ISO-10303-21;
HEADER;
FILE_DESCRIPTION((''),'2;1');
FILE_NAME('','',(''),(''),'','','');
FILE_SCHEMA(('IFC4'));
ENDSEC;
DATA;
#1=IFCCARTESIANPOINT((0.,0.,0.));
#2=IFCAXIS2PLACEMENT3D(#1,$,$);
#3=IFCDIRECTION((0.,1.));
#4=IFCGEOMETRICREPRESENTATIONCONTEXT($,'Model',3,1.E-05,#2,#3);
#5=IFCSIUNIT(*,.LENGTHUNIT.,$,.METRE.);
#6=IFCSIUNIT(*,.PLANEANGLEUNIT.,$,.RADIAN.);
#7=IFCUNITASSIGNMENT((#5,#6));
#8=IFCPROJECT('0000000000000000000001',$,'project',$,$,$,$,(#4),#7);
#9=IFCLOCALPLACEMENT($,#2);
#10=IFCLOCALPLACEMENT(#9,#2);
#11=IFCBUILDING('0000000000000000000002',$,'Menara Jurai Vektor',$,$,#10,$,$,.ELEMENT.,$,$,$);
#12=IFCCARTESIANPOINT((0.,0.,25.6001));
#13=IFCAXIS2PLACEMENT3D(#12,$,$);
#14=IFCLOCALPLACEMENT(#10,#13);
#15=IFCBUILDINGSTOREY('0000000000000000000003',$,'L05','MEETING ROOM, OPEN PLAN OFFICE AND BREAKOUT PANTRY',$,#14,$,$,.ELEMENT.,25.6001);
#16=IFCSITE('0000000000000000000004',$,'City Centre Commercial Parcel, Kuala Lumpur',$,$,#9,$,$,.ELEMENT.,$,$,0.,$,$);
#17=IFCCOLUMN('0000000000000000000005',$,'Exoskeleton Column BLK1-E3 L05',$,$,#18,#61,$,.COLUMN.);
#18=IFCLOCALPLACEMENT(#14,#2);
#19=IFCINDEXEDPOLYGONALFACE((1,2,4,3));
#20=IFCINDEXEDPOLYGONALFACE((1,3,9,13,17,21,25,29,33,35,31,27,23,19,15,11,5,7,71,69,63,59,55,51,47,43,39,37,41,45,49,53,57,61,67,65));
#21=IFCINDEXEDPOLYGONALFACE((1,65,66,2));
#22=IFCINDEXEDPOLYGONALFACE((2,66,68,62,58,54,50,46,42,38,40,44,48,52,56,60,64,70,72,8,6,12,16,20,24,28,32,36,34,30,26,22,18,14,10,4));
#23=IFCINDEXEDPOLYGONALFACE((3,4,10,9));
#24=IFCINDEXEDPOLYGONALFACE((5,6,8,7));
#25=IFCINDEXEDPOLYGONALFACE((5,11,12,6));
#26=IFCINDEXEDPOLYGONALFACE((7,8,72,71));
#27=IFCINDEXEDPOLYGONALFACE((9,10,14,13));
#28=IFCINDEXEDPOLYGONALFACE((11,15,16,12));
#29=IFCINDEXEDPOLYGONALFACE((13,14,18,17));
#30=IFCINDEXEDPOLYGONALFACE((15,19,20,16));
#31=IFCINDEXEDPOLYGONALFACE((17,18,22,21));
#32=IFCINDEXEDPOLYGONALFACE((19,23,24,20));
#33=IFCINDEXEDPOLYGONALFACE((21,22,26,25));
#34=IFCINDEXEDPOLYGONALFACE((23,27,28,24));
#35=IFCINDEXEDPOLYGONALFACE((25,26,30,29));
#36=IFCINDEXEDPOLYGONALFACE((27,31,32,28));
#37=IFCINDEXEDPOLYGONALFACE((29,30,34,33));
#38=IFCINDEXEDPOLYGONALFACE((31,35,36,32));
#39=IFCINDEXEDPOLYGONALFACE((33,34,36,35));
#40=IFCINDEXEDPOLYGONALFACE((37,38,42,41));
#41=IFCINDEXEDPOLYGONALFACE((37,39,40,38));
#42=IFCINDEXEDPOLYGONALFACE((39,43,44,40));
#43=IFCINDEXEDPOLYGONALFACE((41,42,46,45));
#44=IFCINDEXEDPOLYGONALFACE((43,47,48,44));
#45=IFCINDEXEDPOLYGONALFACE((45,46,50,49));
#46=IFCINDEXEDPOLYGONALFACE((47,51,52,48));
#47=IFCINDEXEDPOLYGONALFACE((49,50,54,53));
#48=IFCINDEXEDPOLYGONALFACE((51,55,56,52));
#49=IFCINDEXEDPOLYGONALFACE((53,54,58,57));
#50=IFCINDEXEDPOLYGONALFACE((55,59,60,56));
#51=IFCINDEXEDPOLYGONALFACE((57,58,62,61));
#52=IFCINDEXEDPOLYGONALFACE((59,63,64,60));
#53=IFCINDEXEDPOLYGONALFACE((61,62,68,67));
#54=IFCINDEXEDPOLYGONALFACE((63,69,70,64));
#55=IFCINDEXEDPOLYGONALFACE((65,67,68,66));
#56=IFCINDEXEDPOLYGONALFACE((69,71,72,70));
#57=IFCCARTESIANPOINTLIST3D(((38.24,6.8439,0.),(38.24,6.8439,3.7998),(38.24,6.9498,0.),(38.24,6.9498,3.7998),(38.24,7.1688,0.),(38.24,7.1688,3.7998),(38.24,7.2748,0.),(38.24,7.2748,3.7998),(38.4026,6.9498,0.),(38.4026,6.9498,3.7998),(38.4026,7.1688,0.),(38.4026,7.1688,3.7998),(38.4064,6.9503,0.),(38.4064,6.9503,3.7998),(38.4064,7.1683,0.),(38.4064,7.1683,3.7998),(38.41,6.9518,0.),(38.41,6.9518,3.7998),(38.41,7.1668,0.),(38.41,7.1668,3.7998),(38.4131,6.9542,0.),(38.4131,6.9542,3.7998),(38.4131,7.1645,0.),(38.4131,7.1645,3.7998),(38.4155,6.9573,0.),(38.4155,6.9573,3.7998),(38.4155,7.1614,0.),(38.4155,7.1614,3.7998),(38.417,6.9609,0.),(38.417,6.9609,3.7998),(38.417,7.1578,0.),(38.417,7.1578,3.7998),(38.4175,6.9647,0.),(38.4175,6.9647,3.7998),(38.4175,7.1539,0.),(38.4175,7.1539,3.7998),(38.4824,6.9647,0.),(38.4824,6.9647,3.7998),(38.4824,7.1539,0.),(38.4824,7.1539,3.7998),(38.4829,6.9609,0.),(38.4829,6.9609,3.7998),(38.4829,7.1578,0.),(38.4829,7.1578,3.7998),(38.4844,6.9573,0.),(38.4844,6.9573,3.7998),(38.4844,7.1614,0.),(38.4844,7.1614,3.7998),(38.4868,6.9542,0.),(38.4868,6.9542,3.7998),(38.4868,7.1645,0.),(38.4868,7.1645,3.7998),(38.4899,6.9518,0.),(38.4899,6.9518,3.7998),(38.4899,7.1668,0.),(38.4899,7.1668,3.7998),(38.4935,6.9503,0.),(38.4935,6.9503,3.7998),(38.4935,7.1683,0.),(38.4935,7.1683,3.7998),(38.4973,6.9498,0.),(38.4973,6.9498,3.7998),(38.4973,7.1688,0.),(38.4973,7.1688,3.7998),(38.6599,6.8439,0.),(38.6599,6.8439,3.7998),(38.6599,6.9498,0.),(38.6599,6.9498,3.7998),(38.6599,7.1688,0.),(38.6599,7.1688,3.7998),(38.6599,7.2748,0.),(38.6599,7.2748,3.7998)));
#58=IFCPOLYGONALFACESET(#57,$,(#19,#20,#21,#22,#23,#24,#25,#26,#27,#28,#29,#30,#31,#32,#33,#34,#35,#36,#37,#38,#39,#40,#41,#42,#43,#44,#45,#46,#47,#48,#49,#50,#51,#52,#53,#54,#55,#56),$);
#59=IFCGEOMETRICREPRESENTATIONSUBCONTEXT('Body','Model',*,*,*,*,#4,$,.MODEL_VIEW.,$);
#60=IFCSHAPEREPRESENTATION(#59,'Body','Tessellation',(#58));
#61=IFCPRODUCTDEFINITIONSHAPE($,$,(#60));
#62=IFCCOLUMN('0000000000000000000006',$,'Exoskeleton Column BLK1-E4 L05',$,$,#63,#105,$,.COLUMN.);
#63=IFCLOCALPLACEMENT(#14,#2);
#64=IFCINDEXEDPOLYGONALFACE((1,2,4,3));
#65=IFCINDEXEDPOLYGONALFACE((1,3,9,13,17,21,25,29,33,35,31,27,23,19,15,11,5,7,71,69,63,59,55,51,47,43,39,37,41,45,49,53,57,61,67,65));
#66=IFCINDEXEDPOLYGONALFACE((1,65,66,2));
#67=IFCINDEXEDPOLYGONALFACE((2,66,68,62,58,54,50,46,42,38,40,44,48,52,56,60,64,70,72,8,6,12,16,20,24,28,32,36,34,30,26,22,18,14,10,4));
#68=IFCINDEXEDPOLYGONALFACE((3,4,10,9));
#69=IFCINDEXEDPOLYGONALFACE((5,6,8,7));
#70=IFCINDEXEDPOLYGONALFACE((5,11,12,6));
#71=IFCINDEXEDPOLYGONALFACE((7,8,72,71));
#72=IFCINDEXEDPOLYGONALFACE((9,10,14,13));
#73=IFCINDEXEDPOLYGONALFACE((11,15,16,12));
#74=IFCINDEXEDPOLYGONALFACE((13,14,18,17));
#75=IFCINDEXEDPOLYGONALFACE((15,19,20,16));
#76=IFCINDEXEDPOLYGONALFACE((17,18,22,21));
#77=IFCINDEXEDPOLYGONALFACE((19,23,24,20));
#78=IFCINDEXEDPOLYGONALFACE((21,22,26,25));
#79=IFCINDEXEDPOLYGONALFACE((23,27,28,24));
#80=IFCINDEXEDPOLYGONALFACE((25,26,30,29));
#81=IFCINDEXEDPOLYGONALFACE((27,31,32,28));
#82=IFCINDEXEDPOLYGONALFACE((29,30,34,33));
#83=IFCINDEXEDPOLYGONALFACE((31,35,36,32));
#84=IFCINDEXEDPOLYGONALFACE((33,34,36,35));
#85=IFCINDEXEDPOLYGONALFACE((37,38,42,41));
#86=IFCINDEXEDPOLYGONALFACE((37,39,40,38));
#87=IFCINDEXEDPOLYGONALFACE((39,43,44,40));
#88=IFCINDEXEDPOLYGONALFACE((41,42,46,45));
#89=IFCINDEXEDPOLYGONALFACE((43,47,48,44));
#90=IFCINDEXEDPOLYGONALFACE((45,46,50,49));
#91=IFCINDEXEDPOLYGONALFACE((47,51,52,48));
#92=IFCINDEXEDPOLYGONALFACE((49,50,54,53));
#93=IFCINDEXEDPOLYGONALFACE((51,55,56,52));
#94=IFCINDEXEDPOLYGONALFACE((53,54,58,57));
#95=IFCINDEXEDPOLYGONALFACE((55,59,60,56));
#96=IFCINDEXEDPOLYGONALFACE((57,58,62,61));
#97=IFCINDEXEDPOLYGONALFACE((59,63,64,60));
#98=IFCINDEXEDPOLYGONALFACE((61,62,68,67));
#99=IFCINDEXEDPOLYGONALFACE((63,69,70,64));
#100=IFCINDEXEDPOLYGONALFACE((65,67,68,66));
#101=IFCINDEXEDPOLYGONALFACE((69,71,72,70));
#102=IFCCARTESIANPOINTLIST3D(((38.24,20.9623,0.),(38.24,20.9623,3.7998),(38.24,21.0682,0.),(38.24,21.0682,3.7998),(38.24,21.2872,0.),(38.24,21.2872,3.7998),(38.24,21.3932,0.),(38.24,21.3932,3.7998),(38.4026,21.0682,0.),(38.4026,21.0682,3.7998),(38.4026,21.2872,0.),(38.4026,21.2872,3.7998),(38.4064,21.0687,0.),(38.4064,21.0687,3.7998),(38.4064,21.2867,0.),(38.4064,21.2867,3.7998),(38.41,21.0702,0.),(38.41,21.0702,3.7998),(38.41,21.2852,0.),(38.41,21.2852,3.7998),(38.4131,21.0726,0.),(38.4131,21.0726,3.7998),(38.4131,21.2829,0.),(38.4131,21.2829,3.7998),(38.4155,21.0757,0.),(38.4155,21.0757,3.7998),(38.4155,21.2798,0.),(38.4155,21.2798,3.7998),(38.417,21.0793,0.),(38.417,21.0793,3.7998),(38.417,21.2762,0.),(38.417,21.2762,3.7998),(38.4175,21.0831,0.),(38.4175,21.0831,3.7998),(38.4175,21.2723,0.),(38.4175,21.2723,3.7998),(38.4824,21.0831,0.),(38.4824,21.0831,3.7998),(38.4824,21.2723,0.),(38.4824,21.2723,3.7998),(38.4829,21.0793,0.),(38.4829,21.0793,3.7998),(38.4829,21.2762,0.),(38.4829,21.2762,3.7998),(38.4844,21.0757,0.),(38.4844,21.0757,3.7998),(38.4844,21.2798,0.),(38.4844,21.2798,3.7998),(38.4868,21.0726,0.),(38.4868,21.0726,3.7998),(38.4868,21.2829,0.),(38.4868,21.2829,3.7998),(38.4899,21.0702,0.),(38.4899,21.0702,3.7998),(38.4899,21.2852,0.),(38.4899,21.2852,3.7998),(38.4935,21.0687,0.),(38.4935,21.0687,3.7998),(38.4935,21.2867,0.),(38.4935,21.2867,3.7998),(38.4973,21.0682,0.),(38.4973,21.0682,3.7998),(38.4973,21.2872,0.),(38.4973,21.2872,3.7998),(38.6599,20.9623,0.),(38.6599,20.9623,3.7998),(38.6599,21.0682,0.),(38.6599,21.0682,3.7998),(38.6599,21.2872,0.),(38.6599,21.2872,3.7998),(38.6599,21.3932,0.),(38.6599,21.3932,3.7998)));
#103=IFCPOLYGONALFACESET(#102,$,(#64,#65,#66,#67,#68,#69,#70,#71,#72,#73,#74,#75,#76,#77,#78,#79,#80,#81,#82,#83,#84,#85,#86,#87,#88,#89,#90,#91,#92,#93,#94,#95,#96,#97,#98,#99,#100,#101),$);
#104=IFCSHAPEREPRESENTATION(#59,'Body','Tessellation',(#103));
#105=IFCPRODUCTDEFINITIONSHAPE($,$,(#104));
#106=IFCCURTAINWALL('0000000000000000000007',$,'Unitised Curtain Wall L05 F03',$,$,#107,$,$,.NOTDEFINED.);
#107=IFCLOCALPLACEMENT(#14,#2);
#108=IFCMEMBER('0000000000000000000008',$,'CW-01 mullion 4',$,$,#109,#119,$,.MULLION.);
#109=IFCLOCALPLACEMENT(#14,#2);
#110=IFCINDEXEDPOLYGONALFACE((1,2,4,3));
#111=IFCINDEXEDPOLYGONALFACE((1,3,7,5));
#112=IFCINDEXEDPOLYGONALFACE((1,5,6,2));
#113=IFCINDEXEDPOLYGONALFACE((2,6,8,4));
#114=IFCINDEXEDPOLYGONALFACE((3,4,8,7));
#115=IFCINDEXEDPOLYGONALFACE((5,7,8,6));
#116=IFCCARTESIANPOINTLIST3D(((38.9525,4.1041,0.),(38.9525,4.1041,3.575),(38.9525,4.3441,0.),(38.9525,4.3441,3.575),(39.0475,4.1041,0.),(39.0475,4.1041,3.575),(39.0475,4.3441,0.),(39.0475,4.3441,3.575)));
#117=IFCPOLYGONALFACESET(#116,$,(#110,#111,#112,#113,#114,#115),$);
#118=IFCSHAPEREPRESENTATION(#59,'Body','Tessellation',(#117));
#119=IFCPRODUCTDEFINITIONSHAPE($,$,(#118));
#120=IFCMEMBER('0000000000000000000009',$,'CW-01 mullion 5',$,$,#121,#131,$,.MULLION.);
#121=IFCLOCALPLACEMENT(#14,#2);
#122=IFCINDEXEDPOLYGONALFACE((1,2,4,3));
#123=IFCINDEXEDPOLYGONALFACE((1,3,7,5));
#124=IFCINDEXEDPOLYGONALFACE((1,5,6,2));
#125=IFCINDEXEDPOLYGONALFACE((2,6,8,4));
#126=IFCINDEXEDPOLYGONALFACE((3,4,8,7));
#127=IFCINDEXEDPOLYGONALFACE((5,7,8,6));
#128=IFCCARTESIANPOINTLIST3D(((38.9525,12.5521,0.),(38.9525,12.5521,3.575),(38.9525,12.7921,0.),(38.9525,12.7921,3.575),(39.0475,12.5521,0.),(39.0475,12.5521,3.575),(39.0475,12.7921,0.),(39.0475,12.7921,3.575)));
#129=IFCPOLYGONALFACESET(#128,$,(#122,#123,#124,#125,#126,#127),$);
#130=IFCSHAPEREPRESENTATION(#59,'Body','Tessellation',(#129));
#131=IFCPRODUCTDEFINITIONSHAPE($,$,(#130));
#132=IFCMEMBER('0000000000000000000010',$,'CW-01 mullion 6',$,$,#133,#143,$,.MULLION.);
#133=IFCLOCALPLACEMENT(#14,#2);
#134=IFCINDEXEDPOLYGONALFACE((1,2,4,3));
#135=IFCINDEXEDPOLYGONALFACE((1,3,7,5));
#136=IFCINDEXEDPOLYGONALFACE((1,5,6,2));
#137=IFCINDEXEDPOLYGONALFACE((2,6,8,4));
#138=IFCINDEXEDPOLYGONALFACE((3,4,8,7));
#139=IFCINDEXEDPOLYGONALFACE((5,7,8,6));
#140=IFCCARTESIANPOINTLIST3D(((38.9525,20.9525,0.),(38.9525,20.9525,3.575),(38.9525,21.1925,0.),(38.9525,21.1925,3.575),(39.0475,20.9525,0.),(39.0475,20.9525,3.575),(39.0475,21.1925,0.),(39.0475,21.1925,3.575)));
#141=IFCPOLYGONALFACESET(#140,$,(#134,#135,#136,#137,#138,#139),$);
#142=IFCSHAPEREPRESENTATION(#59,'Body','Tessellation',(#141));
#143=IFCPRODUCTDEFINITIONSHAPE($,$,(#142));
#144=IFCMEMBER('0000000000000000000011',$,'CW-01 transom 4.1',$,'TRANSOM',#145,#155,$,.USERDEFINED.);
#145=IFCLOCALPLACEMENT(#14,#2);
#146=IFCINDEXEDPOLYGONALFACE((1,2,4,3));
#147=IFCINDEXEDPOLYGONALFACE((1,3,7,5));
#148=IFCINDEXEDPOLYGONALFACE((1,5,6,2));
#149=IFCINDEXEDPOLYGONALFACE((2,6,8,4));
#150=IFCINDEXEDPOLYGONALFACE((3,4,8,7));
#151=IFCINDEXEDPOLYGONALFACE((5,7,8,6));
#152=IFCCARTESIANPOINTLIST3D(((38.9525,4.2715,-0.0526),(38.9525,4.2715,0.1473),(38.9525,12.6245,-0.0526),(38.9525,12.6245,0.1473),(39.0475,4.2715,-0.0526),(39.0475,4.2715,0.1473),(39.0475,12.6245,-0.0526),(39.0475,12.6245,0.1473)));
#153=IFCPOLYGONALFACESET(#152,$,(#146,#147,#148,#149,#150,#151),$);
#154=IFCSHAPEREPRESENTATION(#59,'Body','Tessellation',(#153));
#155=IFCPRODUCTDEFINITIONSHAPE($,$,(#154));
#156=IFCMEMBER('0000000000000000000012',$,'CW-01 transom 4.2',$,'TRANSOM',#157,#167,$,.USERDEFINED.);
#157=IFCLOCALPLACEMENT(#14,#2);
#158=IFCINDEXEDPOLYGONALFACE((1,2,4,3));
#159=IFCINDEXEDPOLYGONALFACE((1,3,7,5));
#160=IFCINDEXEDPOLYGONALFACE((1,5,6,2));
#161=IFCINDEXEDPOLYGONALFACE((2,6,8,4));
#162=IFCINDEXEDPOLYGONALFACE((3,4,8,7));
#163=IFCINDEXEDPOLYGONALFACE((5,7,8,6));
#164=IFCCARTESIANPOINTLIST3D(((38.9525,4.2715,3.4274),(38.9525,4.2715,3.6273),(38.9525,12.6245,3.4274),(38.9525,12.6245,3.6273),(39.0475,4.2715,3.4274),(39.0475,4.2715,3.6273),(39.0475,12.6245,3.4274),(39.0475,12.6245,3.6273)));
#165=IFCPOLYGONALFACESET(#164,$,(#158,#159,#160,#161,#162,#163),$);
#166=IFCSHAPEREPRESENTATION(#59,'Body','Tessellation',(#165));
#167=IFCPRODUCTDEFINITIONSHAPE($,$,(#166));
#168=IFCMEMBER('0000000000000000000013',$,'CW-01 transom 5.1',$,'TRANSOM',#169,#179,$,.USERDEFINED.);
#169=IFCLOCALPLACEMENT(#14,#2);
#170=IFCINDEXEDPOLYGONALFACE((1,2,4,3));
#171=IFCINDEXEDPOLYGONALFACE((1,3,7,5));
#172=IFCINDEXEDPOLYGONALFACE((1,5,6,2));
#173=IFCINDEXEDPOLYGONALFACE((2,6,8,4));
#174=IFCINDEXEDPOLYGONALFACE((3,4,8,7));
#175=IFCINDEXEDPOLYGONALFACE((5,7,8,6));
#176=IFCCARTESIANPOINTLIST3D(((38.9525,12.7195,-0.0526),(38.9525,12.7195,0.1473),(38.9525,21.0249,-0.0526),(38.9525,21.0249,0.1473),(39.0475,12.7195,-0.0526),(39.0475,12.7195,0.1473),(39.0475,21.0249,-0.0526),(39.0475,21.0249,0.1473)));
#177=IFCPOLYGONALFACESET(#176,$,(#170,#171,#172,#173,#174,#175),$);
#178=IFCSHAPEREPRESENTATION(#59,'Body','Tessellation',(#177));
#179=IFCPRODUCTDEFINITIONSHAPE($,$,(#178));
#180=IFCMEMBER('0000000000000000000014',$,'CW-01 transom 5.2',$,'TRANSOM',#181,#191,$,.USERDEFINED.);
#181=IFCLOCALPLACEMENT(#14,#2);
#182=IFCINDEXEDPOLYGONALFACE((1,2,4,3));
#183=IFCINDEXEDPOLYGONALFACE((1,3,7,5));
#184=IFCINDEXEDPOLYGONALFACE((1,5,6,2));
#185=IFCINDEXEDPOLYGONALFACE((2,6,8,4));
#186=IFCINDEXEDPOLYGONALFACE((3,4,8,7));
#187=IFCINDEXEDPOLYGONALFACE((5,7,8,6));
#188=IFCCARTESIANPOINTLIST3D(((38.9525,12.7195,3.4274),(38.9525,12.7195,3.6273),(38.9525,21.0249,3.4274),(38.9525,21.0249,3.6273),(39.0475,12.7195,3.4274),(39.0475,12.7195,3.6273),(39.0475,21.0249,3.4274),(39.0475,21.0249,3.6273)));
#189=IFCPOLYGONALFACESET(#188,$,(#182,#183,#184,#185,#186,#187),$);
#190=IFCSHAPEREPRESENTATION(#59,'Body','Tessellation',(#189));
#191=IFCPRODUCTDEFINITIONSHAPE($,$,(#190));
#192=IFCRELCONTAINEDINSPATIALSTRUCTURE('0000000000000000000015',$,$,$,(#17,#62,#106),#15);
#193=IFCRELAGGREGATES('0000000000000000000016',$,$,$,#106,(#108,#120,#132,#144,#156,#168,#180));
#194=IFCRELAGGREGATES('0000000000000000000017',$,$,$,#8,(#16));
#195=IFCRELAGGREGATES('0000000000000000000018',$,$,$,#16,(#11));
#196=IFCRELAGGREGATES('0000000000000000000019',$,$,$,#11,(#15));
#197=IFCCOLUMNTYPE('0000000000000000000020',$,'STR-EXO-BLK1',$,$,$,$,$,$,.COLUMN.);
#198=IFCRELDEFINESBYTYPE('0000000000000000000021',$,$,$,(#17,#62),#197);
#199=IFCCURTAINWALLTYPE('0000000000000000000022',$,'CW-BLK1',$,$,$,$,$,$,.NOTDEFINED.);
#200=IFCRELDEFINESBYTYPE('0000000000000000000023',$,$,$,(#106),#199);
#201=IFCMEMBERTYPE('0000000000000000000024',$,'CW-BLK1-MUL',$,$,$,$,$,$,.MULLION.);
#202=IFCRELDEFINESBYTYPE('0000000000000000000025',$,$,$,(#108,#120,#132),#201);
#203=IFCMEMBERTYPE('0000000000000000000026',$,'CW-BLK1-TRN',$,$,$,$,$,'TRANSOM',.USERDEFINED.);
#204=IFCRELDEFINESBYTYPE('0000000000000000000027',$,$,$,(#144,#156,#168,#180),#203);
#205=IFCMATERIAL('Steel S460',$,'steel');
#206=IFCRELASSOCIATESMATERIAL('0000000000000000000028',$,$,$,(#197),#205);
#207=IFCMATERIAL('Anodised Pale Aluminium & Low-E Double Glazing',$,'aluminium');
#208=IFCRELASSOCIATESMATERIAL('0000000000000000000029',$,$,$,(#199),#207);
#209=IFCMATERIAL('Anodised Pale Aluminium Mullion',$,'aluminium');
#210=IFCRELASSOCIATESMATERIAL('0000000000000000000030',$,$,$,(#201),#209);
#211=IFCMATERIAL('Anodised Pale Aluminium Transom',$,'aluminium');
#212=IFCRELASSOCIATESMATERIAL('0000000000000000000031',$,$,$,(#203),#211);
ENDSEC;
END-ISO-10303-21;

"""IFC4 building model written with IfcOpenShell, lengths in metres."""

from ifc_helpers import new_model, si_unit, direction, frame, origin, origin_2d, place, context, subcontext, project, spatial, rectangle, i_section, extrude, material, material_profile, profile_set, type_object, element, aggregate, save


model = new_model("IFC4")

# Units and contexts
model_context = context("Model", 3, precision=1e-05, world=origin(), true_north=direction((0.0, 1.0)))
body_context = subcontext(model_context, "Body", "Model", "MODEL_VIEW")
ifc_project = project(units=[si_unit("LENGTHUNIT", "METRE"), si_unit("PLANEANGLEUNIT", "RADIAN")], contexts=[model_context])

# Site, building, storey
site_placement = place(None, origin())
site = spatial("IfcSite", under=ifc_project, at=site_placement, Name="City Centre Commercial Parcel, Kuala Lumpur", CompositionType="ELEMENT", RefElevation=0.0)
building_placement = place(site_placement, origin())
building = spatial("IfcBuilding", under=site, at=building_placement, Name="Menara Jurai Vektor", CompositionType="ELEMENT")
storey_placement = place(building_placement, frame((0.0, 0.0, 25.6001)))
storey = spatial("IfcBuildingStorey", under=building, at=storey_placement, Name="L05", Description="MEETING ROOM, OPEN PLAN OFFICE AND BREAKOUT PANTRY", CompositionType="ELEMENT", Elevation=25.6001)

# Columns
ifc_material_1 = material(Name="Steel S460", Category="steel")
ifc_material_profile_1 = material_profile(ifc_material_1, i_section(OverallWidth=0.4199, OverallDepth=0.4309, WebThickness=0.0649, FlangeThickness=0.106, FilletRadius=0.0149, at=origin_2d()), Name="HD 400x900")
ifc_profile_set_1 = profile_set([ifc_material_profile_1], Name="Steel S460")
column_type = type_object("IfcColumnType", Name="STR-EXO-BLK1", PredefinedType="COLUMN", material=ifc_profile_set_1)
for number, where, z_axis, x_axis, name in (
    (1, (38.45, 7.0593, 0.0), (0.0, 0.0, 1.0), (1.0, 0.0, 0.0), "Exoskeleton Column BLK1-E3 L05"),
    (2, (38.45, 21.1777, 0.0), (0.0, 0.0, 1.0), (1.0, 0.0, 0.0), "Exoskeleton Column BLK1-E4 L05"),
):
    element("IfcColumn", number, at=place(storey_placement, frame(where, z_axis=z_axis, x_axis=x_axis)), inside=storey, type_object=column_type, Name=name, PredefinedType="COLUMN", context=body_context, shape_type="SweptSolid", body=[
        extrude(i_section(OverallWidth=0.4199, OverallDepth=0.4309, WebThickness=0.0649, FlangeThickness=0.106, FilletRadius=0.0149, at=origin_2d()), origin(), (0.0, 0.0, 1.0), 3.7998),
    ])

# Curtain wall, members
ifc_material_2 = material(Name="Anodised Pale Aluminium & Low-E Double Glazing", Category="aluminium")
curtain_wall_type = type_object("IfcCurtainWallType", Name="CW-BLK1", PredefinedType="NOTDEFINED", material=ifc_material_2)
curtain_wall_placement = place(storey_placement, origin())
curtain_wall = element("IfcCurtainWall", 3, at=curtain_wall_placement, inside=storey, type_object=curtain_wall_type, Name="Unitised Curtain Wall L05 F03", PredefinedType="NOTDEFINED")
ifc_material_3 = material(Name="Anodised Pale Aluminium Mullion", Category="aluminium")
ifc_material_profile_2 = material_profile(ifc_material_3, rectangle(XDim=0.095, YDim=0.24, at=origin_2d()), Name="ALU MUL 95x240")
ifc_profile_set_2 = profile_set([ifc_material_profile_2], Name="Anodised Pale Aluminium Mullion")
member_type_1 = type_object("IfcMemberType", Name="CW-BLK1-MUL", PredefinedType="MULLION", material=ifc_profile_set_2)
member_1_placement = place(storey_placement, frame((39.0, 4.2241, 0.0), z_axis=(0.0, 0.0, 1.0), x_axis=(-1.0, 0.0, 0.0)))
member_1 = element("IfcMember", 4, at=member_1_placement, type_object=member_type_1, Name="CW-01 mullion 4", PredefinedType="MULLION", context=body_context, shape_type="SweptSolid", body=[
    extrude(rectangle(XDim=0.095, YDim=0.24, at=origin_2d()), origin(), (0.0, 0.0, 1.0), 3.575),
])
member_2_placement = place(storey_placement, frame((39.0, 12.6721, 0.0), z_axis=(0.0, 0.0, 1.0), x_axis=(-1.0, 0.0, 0.0)))
member_2 = element("IfcMember", 5, at=member_2_placement, type_object=member_type_1, Name="CW-01 mullion 5", PredefinedType="MULLION", context=body_context, shape_type="SweptSolid", body=[
    extrude(rectangle(XDim=0.095, YDim=0.24, at=origin_2d()), origin(), (0.0, 0.0, 1.0), 3.575),
])
member_3_placement = place(storey_placement, frame((39.0, 21.0725, 0.0), z_axis=(0.0, 0.0, 1.0), x_axis=(-1.0, 0.0, 0.0)))
member_3 = element("IfcMember", 6, at=member_3_placement, type_object=member_type_1, Name="CW-01 mullion 6", PredefinedType="MULLION", context=body_context, shape_type="SweptSolid", body=[
    extrude(rectangle(XDim=0.095, YDim=0.24, at=origin_2d()), origin(), (0.0, 0.0, 1.0), 3.575),
])
ifc_material_4 = material(Name="Anodised Pale Aluminium Transom", Category="aluminium")
ifc_material_profile_3 = material_profile(ifc_material_4, rectangle(XDim=0.095, YDim=0.2, at=origin_2d()), Name="ALU TRN 95x200")
ifc_profile_set_3 = profile_set([ifc_material_profile_3], Name="Anodised Pale Aluminium Transom")
member_type_2 = type_object("IfcMemberType", Name="CW-BLK1-TRN", ElementType="TRANSOM", PredefinedType="USERDEFINED", material=ifc_profile_set_3)
member_4_placement = place(storey_placement, frame((39.0, 4.2715, 0.0474), z_axis=(0.0, 1.0, 0.0), x_axis=(-1.0, 0.0, 0.0)))
member_4 = element("IfcMember", 7, at=member_4_placement, type_object=member_type_2, Name="CW-01 transom 4.1", ObjectType="TRANSOM", PredefinedType="USERDEFINED", context=body_context, shape_type="SweptSolid", body=[
    extrude(rectangle(XDim=0.095, YDim=0.2, at=origin_2d()), origin(), (0.0, 0.0, 1.0), 8.353),
])
member_5_placement = place(storey_placement, frame((39.0, 4.2715, 3.5273), z_axis=(0.0, 1.0, 0.0), x_axis=(-1.0, 0.0, 0.0)))
member_5 = element("IfcMember", 8, at=member_5_placement, type_object=member_type_2, Name="CW-01 transom 4.2", ObjectType="TRANSOM", PredefinedType="USERDEFINED", context=body_context, shape_type="SweptSolid", body=[
    extrude(rectangle(XDim=0.095, YDim=0.2, at=origin_2d()), origin(), (0.0, 0.0, 1.0), 8.353),
])
member_6_placement = place(storey_placement, frame((39.0, 12.7195, 0.0474), z_axis=(0.0, 1.0, 0.0), x_axis=(-1.0, 0.0, 0.0)))
member_6 = element("IfcMember", 9, at=member_6_placement, type_object=member_type_2, Name="CW-01 transom 5.1", ObjectType="TRANSOM", PredefinedType="USERDEFINED", context=body_context, shape_type="SweptSolid", body=[
    extrude(rectangle(XDim=0.095, YDim=0.2, at=origin_2d()), origin(), (0.0, 0.0, 1.0), 8.3054),
])
member_7_placement = place(storey_placement, frame((39.0, 12.7195, 3.5273), z_axis=(0.0, 1.0, 0.0), x_axis=(-1.0, 0.0, 0.0)))
member_7 = element("IfcMember", 10, at=member_7_placement, type_object=member_type_2, Name="CW-01 transom 5.2", ObjectType="TRANSOM", PredefinedType="USERDEFINED", context=body_context, shape_type="SweptSolid", body=[
    extrude(rectangle(XDim=0.095, YDim=0.2, at=origin_2d()), origin(), (0.0, 0.0, 1.0), 8.3054),
])

aggregate(curtain_wall, [member_1, member_2, member_3, member_4, member_5, member_6, member_7])

save(model, "model.ifc")
